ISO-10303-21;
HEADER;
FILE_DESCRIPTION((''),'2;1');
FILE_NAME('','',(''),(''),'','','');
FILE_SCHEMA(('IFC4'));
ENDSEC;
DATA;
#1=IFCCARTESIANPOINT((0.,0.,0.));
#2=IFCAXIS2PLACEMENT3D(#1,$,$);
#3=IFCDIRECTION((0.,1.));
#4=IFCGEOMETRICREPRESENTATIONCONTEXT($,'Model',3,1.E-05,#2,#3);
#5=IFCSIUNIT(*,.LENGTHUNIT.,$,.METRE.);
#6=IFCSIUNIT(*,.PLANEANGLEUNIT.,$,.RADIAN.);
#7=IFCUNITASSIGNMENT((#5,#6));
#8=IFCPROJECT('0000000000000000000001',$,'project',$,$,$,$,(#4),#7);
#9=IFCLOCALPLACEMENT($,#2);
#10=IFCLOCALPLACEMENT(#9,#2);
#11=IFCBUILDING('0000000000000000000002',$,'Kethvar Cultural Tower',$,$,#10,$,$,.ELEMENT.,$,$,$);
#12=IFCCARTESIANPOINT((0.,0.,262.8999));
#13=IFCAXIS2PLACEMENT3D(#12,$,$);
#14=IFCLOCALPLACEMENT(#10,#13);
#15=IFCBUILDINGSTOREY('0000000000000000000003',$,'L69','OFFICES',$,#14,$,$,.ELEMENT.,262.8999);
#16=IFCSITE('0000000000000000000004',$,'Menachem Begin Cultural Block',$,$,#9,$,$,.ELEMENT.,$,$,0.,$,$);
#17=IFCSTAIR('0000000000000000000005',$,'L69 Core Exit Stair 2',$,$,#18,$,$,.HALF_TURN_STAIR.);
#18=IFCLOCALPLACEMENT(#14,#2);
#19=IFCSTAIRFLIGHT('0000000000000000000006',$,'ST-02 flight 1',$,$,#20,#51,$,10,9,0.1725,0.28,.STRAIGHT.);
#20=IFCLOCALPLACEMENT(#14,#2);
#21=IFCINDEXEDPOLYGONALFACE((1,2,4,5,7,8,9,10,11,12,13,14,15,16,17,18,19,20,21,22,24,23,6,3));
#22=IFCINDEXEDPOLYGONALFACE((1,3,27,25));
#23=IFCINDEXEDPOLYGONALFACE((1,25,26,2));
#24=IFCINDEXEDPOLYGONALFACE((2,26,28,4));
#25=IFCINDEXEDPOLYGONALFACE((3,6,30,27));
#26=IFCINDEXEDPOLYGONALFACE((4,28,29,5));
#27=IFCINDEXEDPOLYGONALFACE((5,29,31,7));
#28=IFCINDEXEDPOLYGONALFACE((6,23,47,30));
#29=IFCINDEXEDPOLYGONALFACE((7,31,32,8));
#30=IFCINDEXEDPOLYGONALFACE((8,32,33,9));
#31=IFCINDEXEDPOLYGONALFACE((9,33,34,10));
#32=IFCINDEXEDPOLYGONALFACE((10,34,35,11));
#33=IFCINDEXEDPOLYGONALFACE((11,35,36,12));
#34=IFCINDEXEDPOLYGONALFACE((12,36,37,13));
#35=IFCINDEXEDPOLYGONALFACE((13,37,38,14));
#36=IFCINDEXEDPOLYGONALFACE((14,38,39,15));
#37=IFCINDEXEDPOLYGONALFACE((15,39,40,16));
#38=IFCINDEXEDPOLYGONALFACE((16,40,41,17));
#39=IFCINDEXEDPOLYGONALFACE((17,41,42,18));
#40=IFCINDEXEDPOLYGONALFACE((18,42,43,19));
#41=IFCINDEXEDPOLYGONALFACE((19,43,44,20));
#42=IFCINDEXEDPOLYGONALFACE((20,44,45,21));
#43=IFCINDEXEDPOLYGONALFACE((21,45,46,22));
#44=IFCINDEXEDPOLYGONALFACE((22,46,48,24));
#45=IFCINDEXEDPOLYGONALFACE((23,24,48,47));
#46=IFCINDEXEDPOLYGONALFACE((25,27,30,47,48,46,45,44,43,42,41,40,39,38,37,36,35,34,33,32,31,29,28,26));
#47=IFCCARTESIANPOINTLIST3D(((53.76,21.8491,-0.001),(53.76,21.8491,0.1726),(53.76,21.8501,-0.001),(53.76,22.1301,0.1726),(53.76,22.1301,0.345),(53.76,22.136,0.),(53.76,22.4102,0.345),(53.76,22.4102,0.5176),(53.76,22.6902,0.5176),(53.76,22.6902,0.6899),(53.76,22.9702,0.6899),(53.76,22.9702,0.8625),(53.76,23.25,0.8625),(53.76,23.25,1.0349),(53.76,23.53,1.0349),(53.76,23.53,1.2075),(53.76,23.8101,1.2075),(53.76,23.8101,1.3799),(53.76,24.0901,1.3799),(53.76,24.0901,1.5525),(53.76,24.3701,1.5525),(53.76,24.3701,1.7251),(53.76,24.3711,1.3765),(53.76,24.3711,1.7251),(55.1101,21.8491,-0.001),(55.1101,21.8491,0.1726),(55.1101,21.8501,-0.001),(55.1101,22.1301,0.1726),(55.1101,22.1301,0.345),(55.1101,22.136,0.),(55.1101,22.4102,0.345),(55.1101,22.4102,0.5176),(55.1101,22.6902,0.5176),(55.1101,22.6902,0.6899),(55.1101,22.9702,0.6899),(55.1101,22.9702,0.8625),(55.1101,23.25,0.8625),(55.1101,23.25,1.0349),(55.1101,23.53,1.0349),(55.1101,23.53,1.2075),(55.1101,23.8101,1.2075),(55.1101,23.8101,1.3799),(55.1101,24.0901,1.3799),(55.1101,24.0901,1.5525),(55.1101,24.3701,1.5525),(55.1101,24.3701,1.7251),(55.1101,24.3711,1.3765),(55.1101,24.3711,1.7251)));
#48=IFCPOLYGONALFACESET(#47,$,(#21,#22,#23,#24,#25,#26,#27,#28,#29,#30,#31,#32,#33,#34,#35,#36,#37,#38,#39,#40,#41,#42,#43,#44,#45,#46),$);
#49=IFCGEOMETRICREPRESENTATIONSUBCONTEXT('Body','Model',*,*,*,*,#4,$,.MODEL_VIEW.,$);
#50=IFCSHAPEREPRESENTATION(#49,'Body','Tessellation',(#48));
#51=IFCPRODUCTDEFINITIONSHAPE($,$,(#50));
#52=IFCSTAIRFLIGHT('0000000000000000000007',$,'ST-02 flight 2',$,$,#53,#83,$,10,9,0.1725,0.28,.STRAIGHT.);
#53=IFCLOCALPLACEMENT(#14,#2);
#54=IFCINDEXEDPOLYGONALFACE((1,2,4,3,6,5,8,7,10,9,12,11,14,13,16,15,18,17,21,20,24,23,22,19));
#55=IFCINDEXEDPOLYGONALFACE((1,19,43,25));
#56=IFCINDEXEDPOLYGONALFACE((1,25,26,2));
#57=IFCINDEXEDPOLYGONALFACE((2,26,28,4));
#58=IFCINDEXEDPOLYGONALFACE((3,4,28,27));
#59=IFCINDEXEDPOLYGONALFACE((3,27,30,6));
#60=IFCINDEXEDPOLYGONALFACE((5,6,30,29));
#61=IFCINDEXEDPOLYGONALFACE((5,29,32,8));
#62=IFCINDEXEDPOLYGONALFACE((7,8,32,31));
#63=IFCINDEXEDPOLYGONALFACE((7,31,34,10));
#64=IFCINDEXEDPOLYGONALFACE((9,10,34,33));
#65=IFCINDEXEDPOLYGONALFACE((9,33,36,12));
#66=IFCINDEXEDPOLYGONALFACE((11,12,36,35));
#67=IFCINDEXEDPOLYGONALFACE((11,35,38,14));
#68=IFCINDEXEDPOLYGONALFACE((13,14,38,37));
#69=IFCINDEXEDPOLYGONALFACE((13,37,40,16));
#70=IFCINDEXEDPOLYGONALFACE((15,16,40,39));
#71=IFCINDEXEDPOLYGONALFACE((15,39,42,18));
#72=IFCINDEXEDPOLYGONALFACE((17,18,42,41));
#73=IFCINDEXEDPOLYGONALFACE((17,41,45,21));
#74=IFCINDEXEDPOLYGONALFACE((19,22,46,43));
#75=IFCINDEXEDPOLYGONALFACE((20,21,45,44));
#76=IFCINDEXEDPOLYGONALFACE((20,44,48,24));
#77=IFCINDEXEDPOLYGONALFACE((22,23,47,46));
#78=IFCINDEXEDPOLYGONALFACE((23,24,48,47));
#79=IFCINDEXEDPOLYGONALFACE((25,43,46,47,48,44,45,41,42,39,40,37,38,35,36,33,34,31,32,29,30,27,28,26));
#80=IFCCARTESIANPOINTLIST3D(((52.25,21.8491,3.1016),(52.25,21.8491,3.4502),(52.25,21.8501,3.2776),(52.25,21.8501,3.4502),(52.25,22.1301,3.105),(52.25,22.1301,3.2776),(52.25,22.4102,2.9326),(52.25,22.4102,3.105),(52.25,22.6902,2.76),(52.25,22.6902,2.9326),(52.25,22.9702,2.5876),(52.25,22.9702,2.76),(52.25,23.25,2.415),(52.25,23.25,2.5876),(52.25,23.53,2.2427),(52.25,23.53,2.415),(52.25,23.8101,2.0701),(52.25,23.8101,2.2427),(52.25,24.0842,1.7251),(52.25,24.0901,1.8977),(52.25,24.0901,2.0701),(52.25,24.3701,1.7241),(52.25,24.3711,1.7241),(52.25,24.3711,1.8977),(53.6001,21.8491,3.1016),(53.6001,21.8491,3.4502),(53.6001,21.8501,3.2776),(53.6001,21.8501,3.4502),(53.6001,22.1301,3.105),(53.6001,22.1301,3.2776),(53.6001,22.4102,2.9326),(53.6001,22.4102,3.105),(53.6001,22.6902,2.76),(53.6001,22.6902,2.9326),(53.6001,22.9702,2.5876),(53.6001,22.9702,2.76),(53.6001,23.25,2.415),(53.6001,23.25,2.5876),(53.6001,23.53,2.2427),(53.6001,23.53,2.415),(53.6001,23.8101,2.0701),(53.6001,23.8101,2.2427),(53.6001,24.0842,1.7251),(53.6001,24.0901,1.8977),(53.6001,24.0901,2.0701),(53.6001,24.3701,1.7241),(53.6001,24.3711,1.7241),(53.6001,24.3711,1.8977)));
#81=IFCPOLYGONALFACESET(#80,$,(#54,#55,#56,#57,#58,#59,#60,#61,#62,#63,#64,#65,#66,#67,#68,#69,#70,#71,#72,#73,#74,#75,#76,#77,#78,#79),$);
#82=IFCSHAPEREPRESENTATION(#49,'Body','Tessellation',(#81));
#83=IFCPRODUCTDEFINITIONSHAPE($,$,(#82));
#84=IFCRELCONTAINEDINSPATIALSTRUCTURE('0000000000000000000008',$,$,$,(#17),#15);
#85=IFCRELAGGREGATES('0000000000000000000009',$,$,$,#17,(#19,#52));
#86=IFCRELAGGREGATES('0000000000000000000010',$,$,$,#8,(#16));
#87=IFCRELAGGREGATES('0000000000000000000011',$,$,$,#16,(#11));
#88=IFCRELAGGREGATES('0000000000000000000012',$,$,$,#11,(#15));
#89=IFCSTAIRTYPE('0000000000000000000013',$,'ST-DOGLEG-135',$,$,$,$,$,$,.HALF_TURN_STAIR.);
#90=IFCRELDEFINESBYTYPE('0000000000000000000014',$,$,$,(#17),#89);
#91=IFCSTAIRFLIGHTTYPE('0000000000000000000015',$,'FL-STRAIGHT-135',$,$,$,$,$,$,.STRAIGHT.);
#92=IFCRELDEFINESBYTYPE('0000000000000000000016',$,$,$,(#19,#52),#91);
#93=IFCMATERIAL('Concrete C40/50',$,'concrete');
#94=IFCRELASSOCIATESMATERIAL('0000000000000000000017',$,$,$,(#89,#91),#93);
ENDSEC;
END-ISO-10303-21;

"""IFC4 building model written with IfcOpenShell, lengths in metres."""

from ifc_helpers import new_model, si_unit, direction, frame, origin, place, context, subcontext, project, spatial, polyline, outline, extrude, material, type_object, element, aggregate, save


model = new_model("IFC4")

# Units and contexts
model_context = context("Model", 3, precision=1e-05, world=origin(), true_north=direction((0.0, 1.0)))
body_context = subcontext(model_context, "Body", "Model", "MODEL_VIEW")
ifc_project = project(units=[si_unit("LENGTHUNIT", "METRE"), si_unit("PLANEANGLEUNIT", "RADIAN")], contexts=[model_context])

# Site, building, storey
site_placement = place(None, origin())
site = spatial("IfcSite", under=ifc_project, at=site_placement, Name="Menachem Begin Cultural Block", CompositionType="ELEMENT", RefElevation=0.0)
building_placement = place(site_placement, origin())
building = spatial("IfcBuilding", under=site, at=building_placement, Name="Kethvar Cultural Tower", CompositionType="ELEMENT")
storey_placement = place(building_placement, frame((0.0, 0.0, 262.8999)))
storey = spatial("IfcBuildingStorey", under=building, at=storey_placement, Name="L69", Description="OFFICES", CompositionType="ELEMENT", Elevation=262.8999)

# Stair, stair flights
ifc_material_1 = material(Name="Concrete C40/50", Category="concrete")
stair_type = type_object("IfcStairType", Name="ST-DOGLEG-135", PredefinedType="HALF_TURN_STAIR", material=ifc_material_1)
stair_placement = place(storey_placement, origin())
stair = element("IfcStair", 1, at=stair_placement, inside=storey, type_object=stair_type, Name="L69 Core Exit Stair 2", PredefinedType="HALF_TURN_STAIR")
stair_flight_type = type_object("IfcStairFlightType", Name="FL-STRAIGHT-135", PredefinedType="STRAIGHT", material=ifc_material_1)
stair_flight_1_placement = place(storey_placement, frame((54.4351, 21.8501, 0.0), z_axis=(0.0, 0.0, 1.0), x_axis=(0.0, 1.0, 0.0)))
stair_flight_1 = element("IfcStairFlight", 2, at=stair_flight_1_placement, type_object=stair_flight_type, Name="ST-02 flight 1", NumberOfRisers=10, NumberOfTreads=9, PredefinedType="STRAIGHT", RiserHeight=0.1725, TreadLength=0.28, context=body_context, shape_type="SweptSolid", body=[
    extrude(outline(polyline([(-0.001, -0.001), (-0.001, 0.1726), (0.28, 0.1726), (0.28, 0.345), (0.5601, 0.345), (0.5601, 0.5176), (0.8401, 0.5176), (0.8401, 0.6899), (1.1201, 0.6899), (1.1201, 0.8625), (1.3999, 0.8625), (1.3999, 1.0349), (1.6799, 1.0349), (1.6799, 1.2075), (1.96, 1.2075), (1.96, 1.3799), (2.24, 1.3799), (2.24, 1.5525), (2.52, 1.5525), (2.52, 1.7251), (2.521, 1.7251), (2.521, 1.3765), (0.2859, 0.0), (0.0, -0.001), (-0.001, -0.001)])), frame((0.0, 0.675, 0.0), z_axis=(0.0, -1.0, 0.0), x_axis=(1.0, 0.0, 0.0)), (0.0, 0.0, 1.0), 1.3501),
])
stair_flight_2_placement = place(storey_placement, frame((52.925, 24.3701, 1.7251), z_axis=(0.0, 0.0, 1.0), x_axis=(0.0, -1.0, 0.0)))
stair_flight_2 = element("IfcStairFlight", 3, at=stair_flight_2_placement, type_object=stair_flight_type, Name="ST-02 flight 2", NumberOfRisers=10, NumberOfTreads=9, PredefinedType="STRAIGHT", RiserHeight=0.1725, TreadLength=0.28, context=body_context, shape_type="SweptSolid", body=[
    extrude(outline(polyline([(-0.001, -0.001), (-0.001, 0.1726), (0.28, 0.1726), (0.28, 0.345), (0.5601, 0.345), (0.5601, 0.5176), (0.8401, 0.5176), (0.8401, 0.6899), (1.1201, 0.6899), (1.1201, 0.8625), (1.3999, 0.8625), (1.3999, 1.0349), (1.6799, 1.0349), (1.6799, 1.2075), (1.96, 1.2075), (1.96, 1.3799), (2.24, 1.3799), (2.24, 1.5525), (2.52, 1.5525), (2.52, 1.7251), (2.521, 1.7251), (2.521, 1.3765), (0.2859, 0.0), (0.0, -0.001), (-0.001, -0.001)])), frame((0.0, 0.675, 0.0), z_axis=(0.0, -1.0, 0.0), x_axis=(1.0, 0.0, 0.0)), (0.0, 0.0, 1.0), 1.3501),
])
aggregate(stair, [stair_flight_1, stair_flight_2])

save(model, "model.ifc")
